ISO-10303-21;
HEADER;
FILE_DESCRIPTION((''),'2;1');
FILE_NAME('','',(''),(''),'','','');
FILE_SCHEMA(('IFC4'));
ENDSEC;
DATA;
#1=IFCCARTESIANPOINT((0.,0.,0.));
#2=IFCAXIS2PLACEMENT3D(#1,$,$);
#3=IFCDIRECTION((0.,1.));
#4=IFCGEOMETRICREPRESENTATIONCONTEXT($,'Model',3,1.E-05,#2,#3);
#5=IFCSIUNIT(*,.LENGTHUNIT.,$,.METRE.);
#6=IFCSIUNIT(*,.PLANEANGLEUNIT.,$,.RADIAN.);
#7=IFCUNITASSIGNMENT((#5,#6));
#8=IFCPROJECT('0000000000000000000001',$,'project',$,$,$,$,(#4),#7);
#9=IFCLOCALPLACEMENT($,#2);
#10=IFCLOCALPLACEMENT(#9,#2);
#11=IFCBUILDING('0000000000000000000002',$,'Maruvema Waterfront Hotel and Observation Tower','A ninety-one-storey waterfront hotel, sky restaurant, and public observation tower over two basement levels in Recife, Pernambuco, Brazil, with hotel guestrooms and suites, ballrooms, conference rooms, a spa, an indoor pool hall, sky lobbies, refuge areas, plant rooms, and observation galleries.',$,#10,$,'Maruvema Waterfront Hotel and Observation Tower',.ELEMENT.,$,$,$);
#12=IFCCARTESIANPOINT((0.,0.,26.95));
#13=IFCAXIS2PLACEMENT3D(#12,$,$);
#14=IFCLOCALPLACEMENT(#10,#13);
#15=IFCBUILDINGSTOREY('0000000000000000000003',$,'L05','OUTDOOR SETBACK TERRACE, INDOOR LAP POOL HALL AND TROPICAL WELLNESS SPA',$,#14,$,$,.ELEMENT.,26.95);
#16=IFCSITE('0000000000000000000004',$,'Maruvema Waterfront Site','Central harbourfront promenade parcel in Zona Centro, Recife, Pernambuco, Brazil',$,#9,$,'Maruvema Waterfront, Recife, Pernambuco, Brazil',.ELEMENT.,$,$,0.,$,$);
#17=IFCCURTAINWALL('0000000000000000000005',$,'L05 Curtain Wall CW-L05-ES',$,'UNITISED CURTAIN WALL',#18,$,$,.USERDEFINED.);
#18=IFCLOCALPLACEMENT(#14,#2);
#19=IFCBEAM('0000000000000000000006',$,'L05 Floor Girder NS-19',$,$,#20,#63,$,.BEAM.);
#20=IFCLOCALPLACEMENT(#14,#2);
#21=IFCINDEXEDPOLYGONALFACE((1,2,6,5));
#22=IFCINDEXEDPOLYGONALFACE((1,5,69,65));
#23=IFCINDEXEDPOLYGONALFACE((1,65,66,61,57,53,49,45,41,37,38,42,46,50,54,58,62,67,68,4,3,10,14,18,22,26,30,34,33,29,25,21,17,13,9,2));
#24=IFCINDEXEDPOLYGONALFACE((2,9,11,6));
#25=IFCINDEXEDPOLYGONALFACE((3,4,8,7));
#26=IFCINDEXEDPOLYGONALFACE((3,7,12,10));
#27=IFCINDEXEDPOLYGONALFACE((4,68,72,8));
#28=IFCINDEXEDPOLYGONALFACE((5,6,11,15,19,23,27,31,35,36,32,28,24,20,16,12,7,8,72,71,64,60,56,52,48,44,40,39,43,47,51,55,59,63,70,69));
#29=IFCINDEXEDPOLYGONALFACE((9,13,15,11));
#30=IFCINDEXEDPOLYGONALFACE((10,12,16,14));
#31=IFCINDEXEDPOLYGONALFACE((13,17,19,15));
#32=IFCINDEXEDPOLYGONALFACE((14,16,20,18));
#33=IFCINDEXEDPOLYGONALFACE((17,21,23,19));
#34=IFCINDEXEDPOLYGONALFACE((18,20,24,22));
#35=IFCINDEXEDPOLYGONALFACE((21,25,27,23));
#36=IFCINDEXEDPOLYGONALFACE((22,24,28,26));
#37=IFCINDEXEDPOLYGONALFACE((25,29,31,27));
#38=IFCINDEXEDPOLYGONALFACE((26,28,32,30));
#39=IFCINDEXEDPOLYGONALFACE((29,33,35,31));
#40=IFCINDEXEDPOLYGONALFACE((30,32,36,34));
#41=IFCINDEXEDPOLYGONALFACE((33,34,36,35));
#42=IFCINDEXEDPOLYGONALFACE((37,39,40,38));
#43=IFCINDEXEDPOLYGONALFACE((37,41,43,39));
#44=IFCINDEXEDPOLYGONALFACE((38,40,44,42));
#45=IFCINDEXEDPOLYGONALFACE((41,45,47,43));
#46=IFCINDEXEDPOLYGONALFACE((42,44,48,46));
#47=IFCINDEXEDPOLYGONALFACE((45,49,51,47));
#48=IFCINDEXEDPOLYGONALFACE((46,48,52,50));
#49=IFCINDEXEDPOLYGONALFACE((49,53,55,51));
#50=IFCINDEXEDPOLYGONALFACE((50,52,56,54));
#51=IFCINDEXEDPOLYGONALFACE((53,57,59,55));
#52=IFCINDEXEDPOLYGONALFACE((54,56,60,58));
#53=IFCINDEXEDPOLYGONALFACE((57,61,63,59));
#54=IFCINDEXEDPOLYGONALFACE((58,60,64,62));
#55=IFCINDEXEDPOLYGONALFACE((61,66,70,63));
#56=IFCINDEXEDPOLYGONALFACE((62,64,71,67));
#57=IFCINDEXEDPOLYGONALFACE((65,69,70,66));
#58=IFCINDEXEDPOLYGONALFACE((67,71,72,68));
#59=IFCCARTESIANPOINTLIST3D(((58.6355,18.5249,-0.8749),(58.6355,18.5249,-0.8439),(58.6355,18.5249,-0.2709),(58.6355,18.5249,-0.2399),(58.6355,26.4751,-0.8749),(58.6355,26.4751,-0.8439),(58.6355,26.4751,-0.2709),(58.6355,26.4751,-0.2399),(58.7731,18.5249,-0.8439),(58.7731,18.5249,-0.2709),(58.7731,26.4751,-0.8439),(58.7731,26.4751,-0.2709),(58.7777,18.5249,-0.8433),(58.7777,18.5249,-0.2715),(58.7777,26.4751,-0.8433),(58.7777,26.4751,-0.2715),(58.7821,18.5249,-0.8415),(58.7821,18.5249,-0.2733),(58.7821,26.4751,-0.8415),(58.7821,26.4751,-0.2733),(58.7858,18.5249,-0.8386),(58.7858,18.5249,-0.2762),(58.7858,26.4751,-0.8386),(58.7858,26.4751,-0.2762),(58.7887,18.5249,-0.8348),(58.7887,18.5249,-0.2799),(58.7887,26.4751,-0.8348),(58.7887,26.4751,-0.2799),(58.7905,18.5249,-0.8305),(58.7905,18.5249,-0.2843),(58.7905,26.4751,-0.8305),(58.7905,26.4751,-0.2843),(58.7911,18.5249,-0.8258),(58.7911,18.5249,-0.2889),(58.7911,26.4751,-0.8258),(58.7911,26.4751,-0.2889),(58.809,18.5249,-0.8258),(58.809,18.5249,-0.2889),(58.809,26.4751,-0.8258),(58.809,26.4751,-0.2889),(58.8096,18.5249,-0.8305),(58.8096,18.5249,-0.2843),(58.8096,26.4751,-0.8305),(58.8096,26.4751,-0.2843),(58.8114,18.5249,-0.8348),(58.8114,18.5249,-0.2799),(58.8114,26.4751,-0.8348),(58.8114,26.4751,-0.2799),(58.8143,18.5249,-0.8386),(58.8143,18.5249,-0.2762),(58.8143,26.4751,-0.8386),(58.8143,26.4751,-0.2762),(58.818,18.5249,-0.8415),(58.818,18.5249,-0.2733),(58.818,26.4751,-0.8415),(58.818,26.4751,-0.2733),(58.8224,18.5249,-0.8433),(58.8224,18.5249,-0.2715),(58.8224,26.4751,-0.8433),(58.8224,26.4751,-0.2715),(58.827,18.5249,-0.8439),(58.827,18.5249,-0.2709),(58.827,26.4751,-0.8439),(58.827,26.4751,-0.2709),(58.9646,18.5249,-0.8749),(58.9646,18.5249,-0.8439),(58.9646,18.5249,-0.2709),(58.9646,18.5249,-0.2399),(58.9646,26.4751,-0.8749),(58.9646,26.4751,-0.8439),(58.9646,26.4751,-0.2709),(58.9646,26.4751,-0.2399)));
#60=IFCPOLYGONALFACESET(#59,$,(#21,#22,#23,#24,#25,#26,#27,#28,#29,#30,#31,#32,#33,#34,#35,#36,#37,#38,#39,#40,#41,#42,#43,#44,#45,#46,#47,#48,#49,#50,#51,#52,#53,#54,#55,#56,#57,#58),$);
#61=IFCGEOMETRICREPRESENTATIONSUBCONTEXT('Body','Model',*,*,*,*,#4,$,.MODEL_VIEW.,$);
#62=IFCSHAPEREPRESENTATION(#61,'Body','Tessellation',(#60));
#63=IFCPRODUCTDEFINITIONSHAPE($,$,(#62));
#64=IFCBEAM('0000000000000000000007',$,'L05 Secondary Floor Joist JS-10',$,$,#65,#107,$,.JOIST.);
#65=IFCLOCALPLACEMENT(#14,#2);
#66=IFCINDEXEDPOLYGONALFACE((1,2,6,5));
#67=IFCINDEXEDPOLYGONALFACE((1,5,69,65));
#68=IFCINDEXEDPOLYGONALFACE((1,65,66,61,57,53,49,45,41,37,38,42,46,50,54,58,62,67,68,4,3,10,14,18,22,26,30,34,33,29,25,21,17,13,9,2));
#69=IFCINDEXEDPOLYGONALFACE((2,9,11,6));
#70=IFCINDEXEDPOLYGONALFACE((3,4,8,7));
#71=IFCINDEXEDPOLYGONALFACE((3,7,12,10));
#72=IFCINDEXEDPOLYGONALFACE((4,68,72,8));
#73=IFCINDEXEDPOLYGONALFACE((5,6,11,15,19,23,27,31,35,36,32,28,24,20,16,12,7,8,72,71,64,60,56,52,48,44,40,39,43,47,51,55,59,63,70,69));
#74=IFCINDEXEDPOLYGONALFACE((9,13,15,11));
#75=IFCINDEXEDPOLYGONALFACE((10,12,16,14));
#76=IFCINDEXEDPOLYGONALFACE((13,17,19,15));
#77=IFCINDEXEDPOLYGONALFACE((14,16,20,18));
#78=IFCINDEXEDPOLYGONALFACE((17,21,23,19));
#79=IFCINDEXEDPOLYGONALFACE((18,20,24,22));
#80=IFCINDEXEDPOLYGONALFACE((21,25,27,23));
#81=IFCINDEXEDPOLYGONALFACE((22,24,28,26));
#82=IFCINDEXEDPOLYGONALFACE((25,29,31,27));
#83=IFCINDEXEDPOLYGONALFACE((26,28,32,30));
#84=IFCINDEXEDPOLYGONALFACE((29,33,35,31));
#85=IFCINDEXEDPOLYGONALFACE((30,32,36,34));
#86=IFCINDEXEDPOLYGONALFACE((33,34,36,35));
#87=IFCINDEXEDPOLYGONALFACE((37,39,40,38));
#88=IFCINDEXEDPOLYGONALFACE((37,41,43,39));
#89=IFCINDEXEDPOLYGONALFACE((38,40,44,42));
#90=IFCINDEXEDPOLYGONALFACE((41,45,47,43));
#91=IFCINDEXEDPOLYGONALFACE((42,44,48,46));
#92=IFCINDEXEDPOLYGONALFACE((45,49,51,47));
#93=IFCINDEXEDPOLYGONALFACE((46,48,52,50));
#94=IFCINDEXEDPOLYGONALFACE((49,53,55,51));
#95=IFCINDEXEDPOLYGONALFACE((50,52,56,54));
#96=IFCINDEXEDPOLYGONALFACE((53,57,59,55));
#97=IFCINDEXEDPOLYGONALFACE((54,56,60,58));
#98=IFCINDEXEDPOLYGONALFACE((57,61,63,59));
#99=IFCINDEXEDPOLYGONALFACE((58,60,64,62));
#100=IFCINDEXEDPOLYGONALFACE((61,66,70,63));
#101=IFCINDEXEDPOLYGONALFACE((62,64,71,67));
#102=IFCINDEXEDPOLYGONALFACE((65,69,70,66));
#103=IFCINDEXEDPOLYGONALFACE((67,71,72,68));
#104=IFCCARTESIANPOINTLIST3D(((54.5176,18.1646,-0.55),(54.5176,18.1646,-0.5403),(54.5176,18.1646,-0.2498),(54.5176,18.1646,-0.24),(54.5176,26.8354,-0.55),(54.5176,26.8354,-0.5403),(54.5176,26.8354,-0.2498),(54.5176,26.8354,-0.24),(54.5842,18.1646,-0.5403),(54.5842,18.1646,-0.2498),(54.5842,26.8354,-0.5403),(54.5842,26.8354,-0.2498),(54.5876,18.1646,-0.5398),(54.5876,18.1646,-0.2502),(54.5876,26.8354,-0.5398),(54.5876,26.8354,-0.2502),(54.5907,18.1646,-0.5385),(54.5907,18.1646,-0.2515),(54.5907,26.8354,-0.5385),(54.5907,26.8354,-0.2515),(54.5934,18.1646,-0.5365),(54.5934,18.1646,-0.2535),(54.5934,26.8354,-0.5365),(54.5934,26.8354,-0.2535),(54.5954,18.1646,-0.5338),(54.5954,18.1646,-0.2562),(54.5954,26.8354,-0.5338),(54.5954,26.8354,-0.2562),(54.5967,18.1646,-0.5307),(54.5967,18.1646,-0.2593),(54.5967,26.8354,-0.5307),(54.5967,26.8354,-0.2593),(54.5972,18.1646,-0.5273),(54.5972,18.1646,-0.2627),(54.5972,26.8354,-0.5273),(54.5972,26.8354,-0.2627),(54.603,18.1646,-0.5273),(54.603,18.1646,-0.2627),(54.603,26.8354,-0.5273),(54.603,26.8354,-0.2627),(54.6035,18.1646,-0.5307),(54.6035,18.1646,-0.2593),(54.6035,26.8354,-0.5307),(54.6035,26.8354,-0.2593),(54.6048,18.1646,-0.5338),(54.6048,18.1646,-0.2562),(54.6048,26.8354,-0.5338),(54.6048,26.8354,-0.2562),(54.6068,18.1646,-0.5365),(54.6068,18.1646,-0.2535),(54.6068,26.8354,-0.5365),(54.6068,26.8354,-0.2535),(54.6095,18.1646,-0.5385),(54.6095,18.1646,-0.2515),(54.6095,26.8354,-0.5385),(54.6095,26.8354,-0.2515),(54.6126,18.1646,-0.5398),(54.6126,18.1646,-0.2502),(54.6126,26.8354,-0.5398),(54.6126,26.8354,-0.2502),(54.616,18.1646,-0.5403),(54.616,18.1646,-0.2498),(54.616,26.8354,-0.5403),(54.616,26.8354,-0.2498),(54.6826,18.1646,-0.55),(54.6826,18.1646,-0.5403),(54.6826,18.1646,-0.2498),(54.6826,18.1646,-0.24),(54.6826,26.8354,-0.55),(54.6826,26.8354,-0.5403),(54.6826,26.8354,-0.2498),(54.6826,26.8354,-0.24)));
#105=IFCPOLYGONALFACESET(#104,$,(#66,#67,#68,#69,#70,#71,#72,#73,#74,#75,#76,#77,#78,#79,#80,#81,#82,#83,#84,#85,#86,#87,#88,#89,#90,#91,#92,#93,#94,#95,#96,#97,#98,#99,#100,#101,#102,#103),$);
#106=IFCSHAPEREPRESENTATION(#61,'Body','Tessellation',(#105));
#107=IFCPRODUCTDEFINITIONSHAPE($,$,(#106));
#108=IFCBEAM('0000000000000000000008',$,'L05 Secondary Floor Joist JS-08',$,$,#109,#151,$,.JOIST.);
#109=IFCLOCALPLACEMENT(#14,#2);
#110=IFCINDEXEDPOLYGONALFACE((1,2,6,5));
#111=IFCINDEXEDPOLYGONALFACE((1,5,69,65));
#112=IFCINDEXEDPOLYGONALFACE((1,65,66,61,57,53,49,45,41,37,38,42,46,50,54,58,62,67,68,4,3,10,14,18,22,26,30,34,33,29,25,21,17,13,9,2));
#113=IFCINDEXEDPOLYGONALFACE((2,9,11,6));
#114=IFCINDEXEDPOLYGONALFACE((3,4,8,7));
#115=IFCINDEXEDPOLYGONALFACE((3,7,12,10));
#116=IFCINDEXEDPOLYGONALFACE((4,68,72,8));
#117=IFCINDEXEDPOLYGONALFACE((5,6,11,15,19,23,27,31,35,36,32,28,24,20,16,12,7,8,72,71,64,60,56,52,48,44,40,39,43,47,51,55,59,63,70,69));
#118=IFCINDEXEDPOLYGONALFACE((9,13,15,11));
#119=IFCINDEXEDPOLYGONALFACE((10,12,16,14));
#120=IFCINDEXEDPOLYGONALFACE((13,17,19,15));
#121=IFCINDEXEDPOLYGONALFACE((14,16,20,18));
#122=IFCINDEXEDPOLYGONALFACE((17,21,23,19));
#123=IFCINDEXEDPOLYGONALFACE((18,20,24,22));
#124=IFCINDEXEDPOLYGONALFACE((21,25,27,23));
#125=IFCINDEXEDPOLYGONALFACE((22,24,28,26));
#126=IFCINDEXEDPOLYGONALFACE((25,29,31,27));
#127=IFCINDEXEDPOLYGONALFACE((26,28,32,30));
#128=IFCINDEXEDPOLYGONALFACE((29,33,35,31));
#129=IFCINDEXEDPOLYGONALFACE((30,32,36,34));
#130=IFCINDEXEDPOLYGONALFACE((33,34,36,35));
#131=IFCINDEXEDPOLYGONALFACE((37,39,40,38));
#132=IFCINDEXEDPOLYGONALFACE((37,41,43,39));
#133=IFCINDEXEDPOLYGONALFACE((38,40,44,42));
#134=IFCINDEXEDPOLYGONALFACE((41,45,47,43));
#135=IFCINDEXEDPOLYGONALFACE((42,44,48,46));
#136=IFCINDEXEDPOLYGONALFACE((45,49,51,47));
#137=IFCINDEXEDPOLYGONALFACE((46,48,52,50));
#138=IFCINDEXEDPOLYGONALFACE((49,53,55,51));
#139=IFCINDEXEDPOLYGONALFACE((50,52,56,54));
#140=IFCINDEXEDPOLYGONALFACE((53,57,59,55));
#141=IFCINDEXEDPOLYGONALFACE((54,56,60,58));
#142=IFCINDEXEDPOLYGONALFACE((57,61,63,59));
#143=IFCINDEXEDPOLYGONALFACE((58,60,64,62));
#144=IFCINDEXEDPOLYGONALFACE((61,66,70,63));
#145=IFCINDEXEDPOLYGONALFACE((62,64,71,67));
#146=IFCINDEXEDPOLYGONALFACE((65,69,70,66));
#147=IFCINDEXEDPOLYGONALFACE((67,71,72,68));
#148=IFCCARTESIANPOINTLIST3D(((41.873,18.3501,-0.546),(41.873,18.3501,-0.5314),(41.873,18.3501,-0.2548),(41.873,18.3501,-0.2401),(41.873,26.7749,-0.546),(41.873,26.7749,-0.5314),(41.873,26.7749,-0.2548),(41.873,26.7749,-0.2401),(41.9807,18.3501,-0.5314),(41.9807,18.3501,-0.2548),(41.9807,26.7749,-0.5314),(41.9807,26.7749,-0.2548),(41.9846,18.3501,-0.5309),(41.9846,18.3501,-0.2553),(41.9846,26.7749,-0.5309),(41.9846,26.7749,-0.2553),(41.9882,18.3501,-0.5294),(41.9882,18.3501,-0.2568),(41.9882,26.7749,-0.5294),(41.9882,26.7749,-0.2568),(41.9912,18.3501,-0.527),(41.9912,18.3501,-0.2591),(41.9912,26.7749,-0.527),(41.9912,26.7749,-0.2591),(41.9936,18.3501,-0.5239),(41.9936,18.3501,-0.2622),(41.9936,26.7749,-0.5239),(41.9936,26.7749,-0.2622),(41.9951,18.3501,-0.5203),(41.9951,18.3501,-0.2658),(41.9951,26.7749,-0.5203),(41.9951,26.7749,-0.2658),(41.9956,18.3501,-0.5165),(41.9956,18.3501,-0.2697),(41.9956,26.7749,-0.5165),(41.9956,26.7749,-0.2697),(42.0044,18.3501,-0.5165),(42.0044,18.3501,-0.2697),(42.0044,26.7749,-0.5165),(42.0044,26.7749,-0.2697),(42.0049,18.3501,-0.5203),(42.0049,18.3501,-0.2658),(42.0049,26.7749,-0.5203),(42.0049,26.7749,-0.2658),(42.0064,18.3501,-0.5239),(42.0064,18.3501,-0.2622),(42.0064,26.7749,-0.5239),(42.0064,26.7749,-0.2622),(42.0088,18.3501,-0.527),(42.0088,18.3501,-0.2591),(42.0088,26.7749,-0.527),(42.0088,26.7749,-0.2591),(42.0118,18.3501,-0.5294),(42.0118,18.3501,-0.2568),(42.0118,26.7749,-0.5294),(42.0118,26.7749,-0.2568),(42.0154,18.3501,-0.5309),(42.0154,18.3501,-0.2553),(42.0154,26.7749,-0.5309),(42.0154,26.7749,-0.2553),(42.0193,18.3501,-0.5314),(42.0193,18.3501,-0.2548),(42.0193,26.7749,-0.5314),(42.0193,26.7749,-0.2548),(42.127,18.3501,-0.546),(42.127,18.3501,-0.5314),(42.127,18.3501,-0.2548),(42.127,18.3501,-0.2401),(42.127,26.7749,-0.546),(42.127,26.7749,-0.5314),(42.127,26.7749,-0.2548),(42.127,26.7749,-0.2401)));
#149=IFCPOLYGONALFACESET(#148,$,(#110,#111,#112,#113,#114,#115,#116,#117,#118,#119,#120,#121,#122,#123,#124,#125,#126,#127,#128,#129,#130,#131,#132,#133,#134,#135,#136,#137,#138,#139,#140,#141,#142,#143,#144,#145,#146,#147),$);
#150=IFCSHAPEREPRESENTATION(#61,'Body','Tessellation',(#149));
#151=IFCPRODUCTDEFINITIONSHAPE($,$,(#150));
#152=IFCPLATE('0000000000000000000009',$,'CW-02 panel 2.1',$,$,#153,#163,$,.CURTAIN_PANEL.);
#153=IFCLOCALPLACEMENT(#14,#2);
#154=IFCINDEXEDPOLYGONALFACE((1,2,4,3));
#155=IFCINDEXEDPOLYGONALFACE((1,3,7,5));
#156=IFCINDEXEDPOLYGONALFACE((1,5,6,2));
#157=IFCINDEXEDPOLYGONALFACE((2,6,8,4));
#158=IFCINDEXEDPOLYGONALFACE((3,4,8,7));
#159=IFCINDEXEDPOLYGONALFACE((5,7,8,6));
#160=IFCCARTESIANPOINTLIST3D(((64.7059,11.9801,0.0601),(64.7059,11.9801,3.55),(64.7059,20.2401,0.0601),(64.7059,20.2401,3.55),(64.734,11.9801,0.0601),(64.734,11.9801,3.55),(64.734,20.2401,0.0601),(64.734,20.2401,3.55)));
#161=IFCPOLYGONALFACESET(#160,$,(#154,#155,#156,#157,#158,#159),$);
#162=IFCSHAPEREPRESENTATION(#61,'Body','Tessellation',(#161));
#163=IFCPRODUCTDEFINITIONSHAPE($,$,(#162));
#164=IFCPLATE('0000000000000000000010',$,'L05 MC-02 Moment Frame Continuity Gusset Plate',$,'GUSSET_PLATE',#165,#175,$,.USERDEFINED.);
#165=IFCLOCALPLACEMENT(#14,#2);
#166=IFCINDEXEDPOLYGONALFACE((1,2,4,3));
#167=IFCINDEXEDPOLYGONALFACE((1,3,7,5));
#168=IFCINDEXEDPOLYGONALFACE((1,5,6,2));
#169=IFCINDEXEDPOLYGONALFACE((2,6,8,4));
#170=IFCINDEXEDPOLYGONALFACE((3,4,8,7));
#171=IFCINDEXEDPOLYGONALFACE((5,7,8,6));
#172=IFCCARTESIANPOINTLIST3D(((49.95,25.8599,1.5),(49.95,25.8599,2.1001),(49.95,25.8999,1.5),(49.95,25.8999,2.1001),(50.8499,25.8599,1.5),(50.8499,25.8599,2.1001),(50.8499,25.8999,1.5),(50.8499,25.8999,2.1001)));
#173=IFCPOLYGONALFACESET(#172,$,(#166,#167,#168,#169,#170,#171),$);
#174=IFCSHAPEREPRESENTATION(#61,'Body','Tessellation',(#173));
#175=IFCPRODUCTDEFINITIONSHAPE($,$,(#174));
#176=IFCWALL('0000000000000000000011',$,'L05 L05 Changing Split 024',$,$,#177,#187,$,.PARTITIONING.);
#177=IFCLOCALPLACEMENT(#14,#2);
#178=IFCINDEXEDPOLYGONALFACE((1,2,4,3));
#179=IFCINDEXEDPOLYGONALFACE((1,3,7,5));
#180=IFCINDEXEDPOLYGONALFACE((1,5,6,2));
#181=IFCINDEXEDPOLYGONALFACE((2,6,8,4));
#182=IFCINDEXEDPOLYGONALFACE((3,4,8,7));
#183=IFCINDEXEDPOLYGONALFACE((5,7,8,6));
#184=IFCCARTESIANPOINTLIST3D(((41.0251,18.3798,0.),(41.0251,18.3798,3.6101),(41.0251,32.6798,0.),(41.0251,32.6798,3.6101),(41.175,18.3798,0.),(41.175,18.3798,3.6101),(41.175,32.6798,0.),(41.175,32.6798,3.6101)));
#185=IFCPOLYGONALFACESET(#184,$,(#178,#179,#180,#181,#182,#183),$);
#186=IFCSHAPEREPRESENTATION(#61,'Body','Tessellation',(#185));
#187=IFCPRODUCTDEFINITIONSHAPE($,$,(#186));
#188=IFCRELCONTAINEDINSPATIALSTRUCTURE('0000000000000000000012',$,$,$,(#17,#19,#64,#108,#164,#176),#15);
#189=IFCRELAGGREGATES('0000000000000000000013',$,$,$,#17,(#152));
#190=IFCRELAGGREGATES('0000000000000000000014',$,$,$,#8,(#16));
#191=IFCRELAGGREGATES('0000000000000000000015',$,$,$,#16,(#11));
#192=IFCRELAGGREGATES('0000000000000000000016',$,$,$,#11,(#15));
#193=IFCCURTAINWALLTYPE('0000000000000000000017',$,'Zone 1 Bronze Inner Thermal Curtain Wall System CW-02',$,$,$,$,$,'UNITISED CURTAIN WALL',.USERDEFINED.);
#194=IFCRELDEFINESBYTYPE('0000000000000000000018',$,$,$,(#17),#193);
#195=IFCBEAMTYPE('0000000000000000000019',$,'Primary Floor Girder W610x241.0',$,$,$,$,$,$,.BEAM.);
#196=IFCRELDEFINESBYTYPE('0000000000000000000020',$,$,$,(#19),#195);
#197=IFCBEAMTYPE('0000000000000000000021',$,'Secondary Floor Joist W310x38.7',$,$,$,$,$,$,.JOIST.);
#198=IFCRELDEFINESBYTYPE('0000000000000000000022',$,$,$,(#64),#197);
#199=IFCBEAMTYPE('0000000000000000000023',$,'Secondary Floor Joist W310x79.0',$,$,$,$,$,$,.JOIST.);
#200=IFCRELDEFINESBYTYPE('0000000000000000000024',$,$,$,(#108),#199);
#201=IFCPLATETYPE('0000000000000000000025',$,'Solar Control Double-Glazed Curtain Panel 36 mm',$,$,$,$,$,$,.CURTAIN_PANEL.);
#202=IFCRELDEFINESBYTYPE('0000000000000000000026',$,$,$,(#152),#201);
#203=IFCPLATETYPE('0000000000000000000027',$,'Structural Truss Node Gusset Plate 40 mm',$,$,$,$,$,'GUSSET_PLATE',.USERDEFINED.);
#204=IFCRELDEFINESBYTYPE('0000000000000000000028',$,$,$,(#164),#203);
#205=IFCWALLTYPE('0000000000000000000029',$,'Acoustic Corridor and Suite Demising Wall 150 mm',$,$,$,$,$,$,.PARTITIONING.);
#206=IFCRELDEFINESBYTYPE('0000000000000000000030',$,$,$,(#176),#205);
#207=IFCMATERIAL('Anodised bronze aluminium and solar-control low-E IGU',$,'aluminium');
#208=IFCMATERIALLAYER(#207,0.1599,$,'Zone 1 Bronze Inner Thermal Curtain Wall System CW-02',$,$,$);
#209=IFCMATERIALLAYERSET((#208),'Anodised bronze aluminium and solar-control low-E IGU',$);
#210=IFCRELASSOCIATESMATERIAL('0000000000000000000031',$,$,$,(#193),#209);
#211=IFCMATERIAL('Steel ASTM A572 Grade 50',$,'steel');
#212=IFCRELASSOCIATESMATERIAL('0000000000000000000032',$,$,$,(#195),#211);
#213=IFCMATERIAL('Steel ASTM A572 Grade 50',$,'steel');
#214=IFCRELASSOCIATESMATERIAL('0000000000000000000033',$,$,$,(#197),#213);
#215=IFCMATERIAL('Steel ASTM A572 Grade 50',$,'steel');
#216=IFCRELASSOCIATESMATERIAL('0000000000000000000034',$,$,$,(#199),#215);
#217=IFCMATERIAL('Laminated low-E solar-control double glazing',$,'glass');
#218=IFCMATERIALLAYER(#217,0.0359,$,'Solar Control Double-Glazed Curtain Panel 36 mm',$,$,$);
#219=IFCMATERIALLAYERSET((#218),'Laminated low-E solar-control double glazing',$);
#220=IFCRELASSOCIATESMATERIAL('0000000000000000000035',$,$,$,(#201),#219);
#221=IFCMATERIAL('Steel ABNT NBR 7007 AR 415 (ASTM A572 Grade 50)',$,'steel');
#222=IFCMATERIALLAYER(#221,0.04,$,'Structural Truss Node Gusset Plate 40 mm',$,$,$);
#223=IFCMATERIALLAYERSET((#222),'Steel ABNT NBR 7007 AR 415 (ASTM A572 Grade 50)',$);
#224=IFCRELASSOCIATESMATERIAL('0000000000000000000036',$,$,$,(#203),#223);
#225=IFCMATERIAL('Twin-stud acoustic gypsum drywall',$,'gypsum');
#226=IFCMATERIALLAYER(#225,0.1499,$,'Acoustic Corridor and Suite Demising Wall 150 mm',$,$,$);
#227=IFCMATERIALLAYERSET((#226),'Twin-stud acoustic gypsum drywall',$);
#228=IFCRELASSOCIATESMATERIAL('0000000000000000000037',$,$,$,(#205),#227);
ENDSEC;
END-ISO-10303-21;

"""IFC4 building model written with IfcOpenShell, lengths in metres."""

from ifc_helpers import new_model, si_unit, direction, frame, frame_2d, origin, origin_2d, place, context, subcontext, project, spatial, rectangle, i_section, extrude, material, layer, layer_set, material_profile, profile_set, type_object, element, aggregate, save


model = new_model("IFC4")

# Units and contexts
model_context = context("Model", 3, precision=1e-05, world=origin(), true_north=direction((0.0, 1.0)))
body_context = subcontext(model_context, "Body", "Model", "MODEL_VIEW")
ifc_project = project(units=[si_unit("LENGTHUNIT", "METRE"), si_unit("PLANEANGLEUNIT", "RADIAN")], contexts=[model_context])

# Site, building, storey
site_placement = place(None, origin())
site = spatial("IfcSite", under=ifc_project, at=site_placement, Name="Maruvema Waterfront Site", Description="Central harbourfront promenade parcel in Zona Centro, Recife, Pernambuco, Brazil", LongName="Maruvema Waterfront, Recife, Pernambuco, Brazil", CompositionType="ELEMENT", RefElevation=0.0)
building_placement = place(site_placement, origin())
building = spatial("IfcBuilding", under=site, at=building_placement, Name="Maruvema Waterfront Hotel and Observation Tower", Description="A ninety-one-storey waterfront hotel, sky restaurant, and public observation tower over two basement levels in Recife, Pernambuco, Brazil, with hotel guestrooms and suites, ballrooms, conference rooms, a spa, an indoor pool hall, sky lobbies, refuge areas, plant rooms, and observation galleries.", LongName="Maruvema Waterfront Hotel and Observation Tower", CompositionType="ELEMENT")
storey_placement = place(building_placement, frame((0.0, 0.0, 26.95)))
storey = spatial("IfcBuildingStorey", under=building, at=storey_placement, Name="L05", Description="OUTDOOR SETBACK TERRACE, INDOOR LAP POOL HALL AND TROPICAL WELLNESS SPA", CompositionType="ELEMENT", Elevation=26.95)

# Curtain wall
ifc_material_1 = material(Name="Anodised bronze aluminium and solar-control low-E IGU", Category="aluminium")
ifc_layer_1 = layer(ifc_material_1, 0.1599, Name="Zone 1 Bronze Inner Thermal Curtain Wall System CW-02")
ifc_layer_set_1 = layer_set([ifc_layer_1], Name="Anodised bronze aluminium and solar-control low-E IGU")
curtain_wall_type = type_object("IfcCurtainWallType", Name="Zone 1 Bronze Inner Thermal Curtain Wall System CW-02", ElementType="UNITISED CURTAIN WALL", PredefinedType="USERDEFINED", material=ifc_layer_set_1)
curtain_wall_1_placement = place(storey_placement, origin())
curtain_wall_1 = element("IfcCurtainWall", 1, at=curtain_wall_1_placement, inside=storey, type_object=curtain_wall_type, Name="L05 Curtain Wall CW-L05-ES", ObjectType="UNITISED CURTAIN WALL", PredefinedType="USERDEFINED")

# Beams
ifc_material_2 = material(Name="Steel ASTM A572 Grade 50", Category="steel")
ifc_material_profile_1 = material_profile(ifc_material_2, i_section(OverallWidth=0.3291, OverallDepth=0.635, WebThickness=0.0178, FlangeThickness=0.031, FilletRadius=0.0181, at=origin_2d()), Name="W610x241.0")
ifc_profile_set_1 = profile_set([ifc_material_profile_1], Name="Steel ASTM A572 Grade 50")
beam_type_1 = type_object("IfcBeamType", Name="Primary Floor Girder W610x241.0", PredefinedType="BEAM", material=ifc_profile_set_1)
beam_1_placement = place(storey_placement, frame((58.8, 18.5249, -0.5574), z_axis=(0.0, 1.0, 0.0), x_axis=(-1.0, 0.0, 0.0)))
element("IfcBeam", 2, at=beam_1_placement, inside=storey, type_object=beam_type_1, Name="L05 Floor Girder NS-19", PredefinedType="BEAM", context=body_context, shape_type="SweptSolid", body=[
    extrude(i_section(OverallWidth=0.3291, OverallDepth=0.635, WebThickness=0.0178, FlangeThickness=0.031, FilletRadius=0.0181, at=origin_2d()), origin(), (0.0, 0.0, 1.0), 7.9502),
])
ifc_material_3 = material(Name="Steel ASTM A572 Grade 50", Category="steel")
ifc_material_profile_2 = material_profile(ifc_material_3, i_section(OverallWidth=0.165, OverallDepth=0.3101, WebThickness=0.0059, FlangeThickness=0.0098, FilletRadius=0.0129, at=origin_2d()), Name="W310x38.7")
ifc_profile_set_2 = profile_set([ifc_material_profile_2], Name="Steel ASTM A572 Grade 50")
beam_type_2 = type_object("IfcBeamType", Name="Secondary Floor Joist W310x38.7", PredefinedType="JOIST", material=ifc_profile_set_2)
beam_2_placement = place(storey_placement, frame((54.6001, 18.1646, -0.395), z_axis=(0.0, 1.0, 0.0), x_axis=(-1.0, 0.0, 0.0)))
element("IfcBeam", 3, at=beam_2_placement, inside=storey, type_object=beam_type_2, Name="L05 Secondary Floor Joist JS-10", PredefinedType="JOIST", context=body_context, shape_type="SweptSolid", body=[
    extrude(i_section(OverallWidth=0.165, OverallDepth=0.3101, WebThickness=0.0059, FlangeThickness=0.0098, FilletRadius=0.0129, at=origin_2d()), origin(), (0.0, 0.0, 1.0), 8.6709),
])
ifc_material_4 = material(Name="Steel ASTM A572 Grade 50", Category="steel")
ifc_material_profile_3 = material_profile(ifc_material_4, i_section(OverallWidth=0.2539, OverallDepth=0.3059, WebThickness=0.0088, FlangeThickness=0.0146, FilletRadius=0.0149, at=origin_2d()), Name="W310x79.0")
ifc_profile_set_3 = profile_set([ifc_material_profile_3], Name="Steel ASTM A572 Grade 50")
beam_type_3 = type_object("IfcBeamType", Name="Secondary Floor Joist W310x79.0", PredefinedType="JOIST", material=ifc_profile_set_3)
beam_3_placement = place(storey_placement, frame((42.0, 18.3501, -0.3931), z_axis=(0.0, 1.0, 0.0), x_axis=(-1.0, 0.0, 0.0)))
element("IfcBeam", 4, at=beam_3_placement, inside=storey, type_object=beam_type_3, Name="L05 Secondary Floor Joist JS-08", PredefinedType="JOIST", context=body_context, shape_type="SweptSolid", body=[
    extrude(i_section(OverallWidth=0.2539, OverallDepth=0.3059, WebThickness=0.0088, FlangeThickness=0.0146, FilletRadius=0.0149, at=origin_2d()), origin(), (0.0, 0.0, 1.0), 8.4248),
])

# Plates
ifc_material_5 = material(Name="Laminated low-E solar-control double glazing", Category="glass")
ifc_layer_2 = layer(ifc_material_5, 0.0359, Name="Solar Control Double-Glazed Curtain Panel 36 mm")
ifc_layer_set_2 = layer_set([ifc_layer_2], Name="Laminated low-E solar-control double glazing")
plate_type_1 = type_object("IfcPlateType", Name="Solar Control Double-Glazed Curtain Panel 36 mm", PredefinedType="CURTAIN_PANEL", material=ifc_layer_set_2)
plate_1_placement = place(storey_placement, frame((64.72, 16.1101, 0.0601), z_axis=(0.0, 0.0, 1.0), x_axis=(0.0, 1.0, 0.0)))
plate_1 = element("IfcPlate", 5, at=plate_1_placement, type_object=plate_type_1, Name="CW-02 panel 2.1", PredefinedType="CURTAIN_PANEL", context=body_context, shape_type="SweptSolid", body=[
    extrude(rectangle(XDim=8.26, YDim=0.0281, at=origin_2d()), origin(), (0.0, 0.0, 1.0), 3.49),
])
aggregate(curtain_wall_1, [plate_1])
ifc_material_6 = material(Name="Steel ABNT NBR 7007 AR 415 (ASTM A572 Grade 50)", Category="steel")
ifc_layer_3 = layer(ifc_material_6, 0.04, Name="Structural Truss Node Gusset Plate 40 mm")
ifc_layer_set_3 = layer_set([ifc_layer_3], Name="Steel ABNT NBR 7007 AR 415 (ASTM A572 Grade 50)")
plate_type_2 = type_object("IfcPlateType", Name="Structural Truss Node Gusset Plate 40 mm", ElementType="GUSSET_PLATE", PredefinedType="USERDEFINED", material=ifc_layer_set_3)
plate_2_placement = place(storey_placement, frame((50.3999, 25.8799, 1.5), z_axis=(0.0, 0.0, 1.0), x_axis=(1.0, 0.0, 0.0)))
element("IfcPlate", 6, at=plate_2_placement, inside=storey, type_object=plate_type_2, Name="L05 MC-02 Moment Frame Continuity Gusset Plate", ObjectType="GUSSET_PLATE", PredefinedType="USERDEFINED", context=body_context, shape_type="SweptSolid", body=[
    extrude(rectangle(XDim=0.8999, YDim=0.04, at=origin_2d()), origin(), (0.0, 0.0, 1.0), 0.6001),
])

# Wall
ifc_material_7 = material(Name="Twin-stud acoustic gypsum drywall", Category="gypsum")
ifc_layer_4 = layer(ifc_material_7, 0.1499, Name="Acoustic Corridor and Suite Demising Wall 150 mm")
ifc_layer_set_4 = layer_set([ifc_layer_4], Name="Twin-stud acoustic gypsum drywall")
wall_type_1 = type_object("IfcWallType", Name="Acoustic Corridor and Suite Demising Wall 150 mm", PredefinedType="PARTITIONING", material=ifc_layer_set_4)
wall_1_placement = place(storey_placement, frame((41.1001, 18.3799, 0.0), z_axis=(0.0, 0.0, 1.0), x_axis=(0.0, 1.0, 0.0)))
element("IfcWall", 7, at=wall_1_placement, inside=storey, type_object=wall_type_1, Name="L05 L05 Changing Split 024", PredefinedType="PARTITIONING", context=body_context, shape_type="SweptSolid", body=[
    extrude(rectangle(XDim=14.3, YDim=0.1499, at=frame_2d((7.1499, 0.0))), origin(), (0.0, 0.0, 1.0), 3.6101),
])

save(model, "model.ifc")
